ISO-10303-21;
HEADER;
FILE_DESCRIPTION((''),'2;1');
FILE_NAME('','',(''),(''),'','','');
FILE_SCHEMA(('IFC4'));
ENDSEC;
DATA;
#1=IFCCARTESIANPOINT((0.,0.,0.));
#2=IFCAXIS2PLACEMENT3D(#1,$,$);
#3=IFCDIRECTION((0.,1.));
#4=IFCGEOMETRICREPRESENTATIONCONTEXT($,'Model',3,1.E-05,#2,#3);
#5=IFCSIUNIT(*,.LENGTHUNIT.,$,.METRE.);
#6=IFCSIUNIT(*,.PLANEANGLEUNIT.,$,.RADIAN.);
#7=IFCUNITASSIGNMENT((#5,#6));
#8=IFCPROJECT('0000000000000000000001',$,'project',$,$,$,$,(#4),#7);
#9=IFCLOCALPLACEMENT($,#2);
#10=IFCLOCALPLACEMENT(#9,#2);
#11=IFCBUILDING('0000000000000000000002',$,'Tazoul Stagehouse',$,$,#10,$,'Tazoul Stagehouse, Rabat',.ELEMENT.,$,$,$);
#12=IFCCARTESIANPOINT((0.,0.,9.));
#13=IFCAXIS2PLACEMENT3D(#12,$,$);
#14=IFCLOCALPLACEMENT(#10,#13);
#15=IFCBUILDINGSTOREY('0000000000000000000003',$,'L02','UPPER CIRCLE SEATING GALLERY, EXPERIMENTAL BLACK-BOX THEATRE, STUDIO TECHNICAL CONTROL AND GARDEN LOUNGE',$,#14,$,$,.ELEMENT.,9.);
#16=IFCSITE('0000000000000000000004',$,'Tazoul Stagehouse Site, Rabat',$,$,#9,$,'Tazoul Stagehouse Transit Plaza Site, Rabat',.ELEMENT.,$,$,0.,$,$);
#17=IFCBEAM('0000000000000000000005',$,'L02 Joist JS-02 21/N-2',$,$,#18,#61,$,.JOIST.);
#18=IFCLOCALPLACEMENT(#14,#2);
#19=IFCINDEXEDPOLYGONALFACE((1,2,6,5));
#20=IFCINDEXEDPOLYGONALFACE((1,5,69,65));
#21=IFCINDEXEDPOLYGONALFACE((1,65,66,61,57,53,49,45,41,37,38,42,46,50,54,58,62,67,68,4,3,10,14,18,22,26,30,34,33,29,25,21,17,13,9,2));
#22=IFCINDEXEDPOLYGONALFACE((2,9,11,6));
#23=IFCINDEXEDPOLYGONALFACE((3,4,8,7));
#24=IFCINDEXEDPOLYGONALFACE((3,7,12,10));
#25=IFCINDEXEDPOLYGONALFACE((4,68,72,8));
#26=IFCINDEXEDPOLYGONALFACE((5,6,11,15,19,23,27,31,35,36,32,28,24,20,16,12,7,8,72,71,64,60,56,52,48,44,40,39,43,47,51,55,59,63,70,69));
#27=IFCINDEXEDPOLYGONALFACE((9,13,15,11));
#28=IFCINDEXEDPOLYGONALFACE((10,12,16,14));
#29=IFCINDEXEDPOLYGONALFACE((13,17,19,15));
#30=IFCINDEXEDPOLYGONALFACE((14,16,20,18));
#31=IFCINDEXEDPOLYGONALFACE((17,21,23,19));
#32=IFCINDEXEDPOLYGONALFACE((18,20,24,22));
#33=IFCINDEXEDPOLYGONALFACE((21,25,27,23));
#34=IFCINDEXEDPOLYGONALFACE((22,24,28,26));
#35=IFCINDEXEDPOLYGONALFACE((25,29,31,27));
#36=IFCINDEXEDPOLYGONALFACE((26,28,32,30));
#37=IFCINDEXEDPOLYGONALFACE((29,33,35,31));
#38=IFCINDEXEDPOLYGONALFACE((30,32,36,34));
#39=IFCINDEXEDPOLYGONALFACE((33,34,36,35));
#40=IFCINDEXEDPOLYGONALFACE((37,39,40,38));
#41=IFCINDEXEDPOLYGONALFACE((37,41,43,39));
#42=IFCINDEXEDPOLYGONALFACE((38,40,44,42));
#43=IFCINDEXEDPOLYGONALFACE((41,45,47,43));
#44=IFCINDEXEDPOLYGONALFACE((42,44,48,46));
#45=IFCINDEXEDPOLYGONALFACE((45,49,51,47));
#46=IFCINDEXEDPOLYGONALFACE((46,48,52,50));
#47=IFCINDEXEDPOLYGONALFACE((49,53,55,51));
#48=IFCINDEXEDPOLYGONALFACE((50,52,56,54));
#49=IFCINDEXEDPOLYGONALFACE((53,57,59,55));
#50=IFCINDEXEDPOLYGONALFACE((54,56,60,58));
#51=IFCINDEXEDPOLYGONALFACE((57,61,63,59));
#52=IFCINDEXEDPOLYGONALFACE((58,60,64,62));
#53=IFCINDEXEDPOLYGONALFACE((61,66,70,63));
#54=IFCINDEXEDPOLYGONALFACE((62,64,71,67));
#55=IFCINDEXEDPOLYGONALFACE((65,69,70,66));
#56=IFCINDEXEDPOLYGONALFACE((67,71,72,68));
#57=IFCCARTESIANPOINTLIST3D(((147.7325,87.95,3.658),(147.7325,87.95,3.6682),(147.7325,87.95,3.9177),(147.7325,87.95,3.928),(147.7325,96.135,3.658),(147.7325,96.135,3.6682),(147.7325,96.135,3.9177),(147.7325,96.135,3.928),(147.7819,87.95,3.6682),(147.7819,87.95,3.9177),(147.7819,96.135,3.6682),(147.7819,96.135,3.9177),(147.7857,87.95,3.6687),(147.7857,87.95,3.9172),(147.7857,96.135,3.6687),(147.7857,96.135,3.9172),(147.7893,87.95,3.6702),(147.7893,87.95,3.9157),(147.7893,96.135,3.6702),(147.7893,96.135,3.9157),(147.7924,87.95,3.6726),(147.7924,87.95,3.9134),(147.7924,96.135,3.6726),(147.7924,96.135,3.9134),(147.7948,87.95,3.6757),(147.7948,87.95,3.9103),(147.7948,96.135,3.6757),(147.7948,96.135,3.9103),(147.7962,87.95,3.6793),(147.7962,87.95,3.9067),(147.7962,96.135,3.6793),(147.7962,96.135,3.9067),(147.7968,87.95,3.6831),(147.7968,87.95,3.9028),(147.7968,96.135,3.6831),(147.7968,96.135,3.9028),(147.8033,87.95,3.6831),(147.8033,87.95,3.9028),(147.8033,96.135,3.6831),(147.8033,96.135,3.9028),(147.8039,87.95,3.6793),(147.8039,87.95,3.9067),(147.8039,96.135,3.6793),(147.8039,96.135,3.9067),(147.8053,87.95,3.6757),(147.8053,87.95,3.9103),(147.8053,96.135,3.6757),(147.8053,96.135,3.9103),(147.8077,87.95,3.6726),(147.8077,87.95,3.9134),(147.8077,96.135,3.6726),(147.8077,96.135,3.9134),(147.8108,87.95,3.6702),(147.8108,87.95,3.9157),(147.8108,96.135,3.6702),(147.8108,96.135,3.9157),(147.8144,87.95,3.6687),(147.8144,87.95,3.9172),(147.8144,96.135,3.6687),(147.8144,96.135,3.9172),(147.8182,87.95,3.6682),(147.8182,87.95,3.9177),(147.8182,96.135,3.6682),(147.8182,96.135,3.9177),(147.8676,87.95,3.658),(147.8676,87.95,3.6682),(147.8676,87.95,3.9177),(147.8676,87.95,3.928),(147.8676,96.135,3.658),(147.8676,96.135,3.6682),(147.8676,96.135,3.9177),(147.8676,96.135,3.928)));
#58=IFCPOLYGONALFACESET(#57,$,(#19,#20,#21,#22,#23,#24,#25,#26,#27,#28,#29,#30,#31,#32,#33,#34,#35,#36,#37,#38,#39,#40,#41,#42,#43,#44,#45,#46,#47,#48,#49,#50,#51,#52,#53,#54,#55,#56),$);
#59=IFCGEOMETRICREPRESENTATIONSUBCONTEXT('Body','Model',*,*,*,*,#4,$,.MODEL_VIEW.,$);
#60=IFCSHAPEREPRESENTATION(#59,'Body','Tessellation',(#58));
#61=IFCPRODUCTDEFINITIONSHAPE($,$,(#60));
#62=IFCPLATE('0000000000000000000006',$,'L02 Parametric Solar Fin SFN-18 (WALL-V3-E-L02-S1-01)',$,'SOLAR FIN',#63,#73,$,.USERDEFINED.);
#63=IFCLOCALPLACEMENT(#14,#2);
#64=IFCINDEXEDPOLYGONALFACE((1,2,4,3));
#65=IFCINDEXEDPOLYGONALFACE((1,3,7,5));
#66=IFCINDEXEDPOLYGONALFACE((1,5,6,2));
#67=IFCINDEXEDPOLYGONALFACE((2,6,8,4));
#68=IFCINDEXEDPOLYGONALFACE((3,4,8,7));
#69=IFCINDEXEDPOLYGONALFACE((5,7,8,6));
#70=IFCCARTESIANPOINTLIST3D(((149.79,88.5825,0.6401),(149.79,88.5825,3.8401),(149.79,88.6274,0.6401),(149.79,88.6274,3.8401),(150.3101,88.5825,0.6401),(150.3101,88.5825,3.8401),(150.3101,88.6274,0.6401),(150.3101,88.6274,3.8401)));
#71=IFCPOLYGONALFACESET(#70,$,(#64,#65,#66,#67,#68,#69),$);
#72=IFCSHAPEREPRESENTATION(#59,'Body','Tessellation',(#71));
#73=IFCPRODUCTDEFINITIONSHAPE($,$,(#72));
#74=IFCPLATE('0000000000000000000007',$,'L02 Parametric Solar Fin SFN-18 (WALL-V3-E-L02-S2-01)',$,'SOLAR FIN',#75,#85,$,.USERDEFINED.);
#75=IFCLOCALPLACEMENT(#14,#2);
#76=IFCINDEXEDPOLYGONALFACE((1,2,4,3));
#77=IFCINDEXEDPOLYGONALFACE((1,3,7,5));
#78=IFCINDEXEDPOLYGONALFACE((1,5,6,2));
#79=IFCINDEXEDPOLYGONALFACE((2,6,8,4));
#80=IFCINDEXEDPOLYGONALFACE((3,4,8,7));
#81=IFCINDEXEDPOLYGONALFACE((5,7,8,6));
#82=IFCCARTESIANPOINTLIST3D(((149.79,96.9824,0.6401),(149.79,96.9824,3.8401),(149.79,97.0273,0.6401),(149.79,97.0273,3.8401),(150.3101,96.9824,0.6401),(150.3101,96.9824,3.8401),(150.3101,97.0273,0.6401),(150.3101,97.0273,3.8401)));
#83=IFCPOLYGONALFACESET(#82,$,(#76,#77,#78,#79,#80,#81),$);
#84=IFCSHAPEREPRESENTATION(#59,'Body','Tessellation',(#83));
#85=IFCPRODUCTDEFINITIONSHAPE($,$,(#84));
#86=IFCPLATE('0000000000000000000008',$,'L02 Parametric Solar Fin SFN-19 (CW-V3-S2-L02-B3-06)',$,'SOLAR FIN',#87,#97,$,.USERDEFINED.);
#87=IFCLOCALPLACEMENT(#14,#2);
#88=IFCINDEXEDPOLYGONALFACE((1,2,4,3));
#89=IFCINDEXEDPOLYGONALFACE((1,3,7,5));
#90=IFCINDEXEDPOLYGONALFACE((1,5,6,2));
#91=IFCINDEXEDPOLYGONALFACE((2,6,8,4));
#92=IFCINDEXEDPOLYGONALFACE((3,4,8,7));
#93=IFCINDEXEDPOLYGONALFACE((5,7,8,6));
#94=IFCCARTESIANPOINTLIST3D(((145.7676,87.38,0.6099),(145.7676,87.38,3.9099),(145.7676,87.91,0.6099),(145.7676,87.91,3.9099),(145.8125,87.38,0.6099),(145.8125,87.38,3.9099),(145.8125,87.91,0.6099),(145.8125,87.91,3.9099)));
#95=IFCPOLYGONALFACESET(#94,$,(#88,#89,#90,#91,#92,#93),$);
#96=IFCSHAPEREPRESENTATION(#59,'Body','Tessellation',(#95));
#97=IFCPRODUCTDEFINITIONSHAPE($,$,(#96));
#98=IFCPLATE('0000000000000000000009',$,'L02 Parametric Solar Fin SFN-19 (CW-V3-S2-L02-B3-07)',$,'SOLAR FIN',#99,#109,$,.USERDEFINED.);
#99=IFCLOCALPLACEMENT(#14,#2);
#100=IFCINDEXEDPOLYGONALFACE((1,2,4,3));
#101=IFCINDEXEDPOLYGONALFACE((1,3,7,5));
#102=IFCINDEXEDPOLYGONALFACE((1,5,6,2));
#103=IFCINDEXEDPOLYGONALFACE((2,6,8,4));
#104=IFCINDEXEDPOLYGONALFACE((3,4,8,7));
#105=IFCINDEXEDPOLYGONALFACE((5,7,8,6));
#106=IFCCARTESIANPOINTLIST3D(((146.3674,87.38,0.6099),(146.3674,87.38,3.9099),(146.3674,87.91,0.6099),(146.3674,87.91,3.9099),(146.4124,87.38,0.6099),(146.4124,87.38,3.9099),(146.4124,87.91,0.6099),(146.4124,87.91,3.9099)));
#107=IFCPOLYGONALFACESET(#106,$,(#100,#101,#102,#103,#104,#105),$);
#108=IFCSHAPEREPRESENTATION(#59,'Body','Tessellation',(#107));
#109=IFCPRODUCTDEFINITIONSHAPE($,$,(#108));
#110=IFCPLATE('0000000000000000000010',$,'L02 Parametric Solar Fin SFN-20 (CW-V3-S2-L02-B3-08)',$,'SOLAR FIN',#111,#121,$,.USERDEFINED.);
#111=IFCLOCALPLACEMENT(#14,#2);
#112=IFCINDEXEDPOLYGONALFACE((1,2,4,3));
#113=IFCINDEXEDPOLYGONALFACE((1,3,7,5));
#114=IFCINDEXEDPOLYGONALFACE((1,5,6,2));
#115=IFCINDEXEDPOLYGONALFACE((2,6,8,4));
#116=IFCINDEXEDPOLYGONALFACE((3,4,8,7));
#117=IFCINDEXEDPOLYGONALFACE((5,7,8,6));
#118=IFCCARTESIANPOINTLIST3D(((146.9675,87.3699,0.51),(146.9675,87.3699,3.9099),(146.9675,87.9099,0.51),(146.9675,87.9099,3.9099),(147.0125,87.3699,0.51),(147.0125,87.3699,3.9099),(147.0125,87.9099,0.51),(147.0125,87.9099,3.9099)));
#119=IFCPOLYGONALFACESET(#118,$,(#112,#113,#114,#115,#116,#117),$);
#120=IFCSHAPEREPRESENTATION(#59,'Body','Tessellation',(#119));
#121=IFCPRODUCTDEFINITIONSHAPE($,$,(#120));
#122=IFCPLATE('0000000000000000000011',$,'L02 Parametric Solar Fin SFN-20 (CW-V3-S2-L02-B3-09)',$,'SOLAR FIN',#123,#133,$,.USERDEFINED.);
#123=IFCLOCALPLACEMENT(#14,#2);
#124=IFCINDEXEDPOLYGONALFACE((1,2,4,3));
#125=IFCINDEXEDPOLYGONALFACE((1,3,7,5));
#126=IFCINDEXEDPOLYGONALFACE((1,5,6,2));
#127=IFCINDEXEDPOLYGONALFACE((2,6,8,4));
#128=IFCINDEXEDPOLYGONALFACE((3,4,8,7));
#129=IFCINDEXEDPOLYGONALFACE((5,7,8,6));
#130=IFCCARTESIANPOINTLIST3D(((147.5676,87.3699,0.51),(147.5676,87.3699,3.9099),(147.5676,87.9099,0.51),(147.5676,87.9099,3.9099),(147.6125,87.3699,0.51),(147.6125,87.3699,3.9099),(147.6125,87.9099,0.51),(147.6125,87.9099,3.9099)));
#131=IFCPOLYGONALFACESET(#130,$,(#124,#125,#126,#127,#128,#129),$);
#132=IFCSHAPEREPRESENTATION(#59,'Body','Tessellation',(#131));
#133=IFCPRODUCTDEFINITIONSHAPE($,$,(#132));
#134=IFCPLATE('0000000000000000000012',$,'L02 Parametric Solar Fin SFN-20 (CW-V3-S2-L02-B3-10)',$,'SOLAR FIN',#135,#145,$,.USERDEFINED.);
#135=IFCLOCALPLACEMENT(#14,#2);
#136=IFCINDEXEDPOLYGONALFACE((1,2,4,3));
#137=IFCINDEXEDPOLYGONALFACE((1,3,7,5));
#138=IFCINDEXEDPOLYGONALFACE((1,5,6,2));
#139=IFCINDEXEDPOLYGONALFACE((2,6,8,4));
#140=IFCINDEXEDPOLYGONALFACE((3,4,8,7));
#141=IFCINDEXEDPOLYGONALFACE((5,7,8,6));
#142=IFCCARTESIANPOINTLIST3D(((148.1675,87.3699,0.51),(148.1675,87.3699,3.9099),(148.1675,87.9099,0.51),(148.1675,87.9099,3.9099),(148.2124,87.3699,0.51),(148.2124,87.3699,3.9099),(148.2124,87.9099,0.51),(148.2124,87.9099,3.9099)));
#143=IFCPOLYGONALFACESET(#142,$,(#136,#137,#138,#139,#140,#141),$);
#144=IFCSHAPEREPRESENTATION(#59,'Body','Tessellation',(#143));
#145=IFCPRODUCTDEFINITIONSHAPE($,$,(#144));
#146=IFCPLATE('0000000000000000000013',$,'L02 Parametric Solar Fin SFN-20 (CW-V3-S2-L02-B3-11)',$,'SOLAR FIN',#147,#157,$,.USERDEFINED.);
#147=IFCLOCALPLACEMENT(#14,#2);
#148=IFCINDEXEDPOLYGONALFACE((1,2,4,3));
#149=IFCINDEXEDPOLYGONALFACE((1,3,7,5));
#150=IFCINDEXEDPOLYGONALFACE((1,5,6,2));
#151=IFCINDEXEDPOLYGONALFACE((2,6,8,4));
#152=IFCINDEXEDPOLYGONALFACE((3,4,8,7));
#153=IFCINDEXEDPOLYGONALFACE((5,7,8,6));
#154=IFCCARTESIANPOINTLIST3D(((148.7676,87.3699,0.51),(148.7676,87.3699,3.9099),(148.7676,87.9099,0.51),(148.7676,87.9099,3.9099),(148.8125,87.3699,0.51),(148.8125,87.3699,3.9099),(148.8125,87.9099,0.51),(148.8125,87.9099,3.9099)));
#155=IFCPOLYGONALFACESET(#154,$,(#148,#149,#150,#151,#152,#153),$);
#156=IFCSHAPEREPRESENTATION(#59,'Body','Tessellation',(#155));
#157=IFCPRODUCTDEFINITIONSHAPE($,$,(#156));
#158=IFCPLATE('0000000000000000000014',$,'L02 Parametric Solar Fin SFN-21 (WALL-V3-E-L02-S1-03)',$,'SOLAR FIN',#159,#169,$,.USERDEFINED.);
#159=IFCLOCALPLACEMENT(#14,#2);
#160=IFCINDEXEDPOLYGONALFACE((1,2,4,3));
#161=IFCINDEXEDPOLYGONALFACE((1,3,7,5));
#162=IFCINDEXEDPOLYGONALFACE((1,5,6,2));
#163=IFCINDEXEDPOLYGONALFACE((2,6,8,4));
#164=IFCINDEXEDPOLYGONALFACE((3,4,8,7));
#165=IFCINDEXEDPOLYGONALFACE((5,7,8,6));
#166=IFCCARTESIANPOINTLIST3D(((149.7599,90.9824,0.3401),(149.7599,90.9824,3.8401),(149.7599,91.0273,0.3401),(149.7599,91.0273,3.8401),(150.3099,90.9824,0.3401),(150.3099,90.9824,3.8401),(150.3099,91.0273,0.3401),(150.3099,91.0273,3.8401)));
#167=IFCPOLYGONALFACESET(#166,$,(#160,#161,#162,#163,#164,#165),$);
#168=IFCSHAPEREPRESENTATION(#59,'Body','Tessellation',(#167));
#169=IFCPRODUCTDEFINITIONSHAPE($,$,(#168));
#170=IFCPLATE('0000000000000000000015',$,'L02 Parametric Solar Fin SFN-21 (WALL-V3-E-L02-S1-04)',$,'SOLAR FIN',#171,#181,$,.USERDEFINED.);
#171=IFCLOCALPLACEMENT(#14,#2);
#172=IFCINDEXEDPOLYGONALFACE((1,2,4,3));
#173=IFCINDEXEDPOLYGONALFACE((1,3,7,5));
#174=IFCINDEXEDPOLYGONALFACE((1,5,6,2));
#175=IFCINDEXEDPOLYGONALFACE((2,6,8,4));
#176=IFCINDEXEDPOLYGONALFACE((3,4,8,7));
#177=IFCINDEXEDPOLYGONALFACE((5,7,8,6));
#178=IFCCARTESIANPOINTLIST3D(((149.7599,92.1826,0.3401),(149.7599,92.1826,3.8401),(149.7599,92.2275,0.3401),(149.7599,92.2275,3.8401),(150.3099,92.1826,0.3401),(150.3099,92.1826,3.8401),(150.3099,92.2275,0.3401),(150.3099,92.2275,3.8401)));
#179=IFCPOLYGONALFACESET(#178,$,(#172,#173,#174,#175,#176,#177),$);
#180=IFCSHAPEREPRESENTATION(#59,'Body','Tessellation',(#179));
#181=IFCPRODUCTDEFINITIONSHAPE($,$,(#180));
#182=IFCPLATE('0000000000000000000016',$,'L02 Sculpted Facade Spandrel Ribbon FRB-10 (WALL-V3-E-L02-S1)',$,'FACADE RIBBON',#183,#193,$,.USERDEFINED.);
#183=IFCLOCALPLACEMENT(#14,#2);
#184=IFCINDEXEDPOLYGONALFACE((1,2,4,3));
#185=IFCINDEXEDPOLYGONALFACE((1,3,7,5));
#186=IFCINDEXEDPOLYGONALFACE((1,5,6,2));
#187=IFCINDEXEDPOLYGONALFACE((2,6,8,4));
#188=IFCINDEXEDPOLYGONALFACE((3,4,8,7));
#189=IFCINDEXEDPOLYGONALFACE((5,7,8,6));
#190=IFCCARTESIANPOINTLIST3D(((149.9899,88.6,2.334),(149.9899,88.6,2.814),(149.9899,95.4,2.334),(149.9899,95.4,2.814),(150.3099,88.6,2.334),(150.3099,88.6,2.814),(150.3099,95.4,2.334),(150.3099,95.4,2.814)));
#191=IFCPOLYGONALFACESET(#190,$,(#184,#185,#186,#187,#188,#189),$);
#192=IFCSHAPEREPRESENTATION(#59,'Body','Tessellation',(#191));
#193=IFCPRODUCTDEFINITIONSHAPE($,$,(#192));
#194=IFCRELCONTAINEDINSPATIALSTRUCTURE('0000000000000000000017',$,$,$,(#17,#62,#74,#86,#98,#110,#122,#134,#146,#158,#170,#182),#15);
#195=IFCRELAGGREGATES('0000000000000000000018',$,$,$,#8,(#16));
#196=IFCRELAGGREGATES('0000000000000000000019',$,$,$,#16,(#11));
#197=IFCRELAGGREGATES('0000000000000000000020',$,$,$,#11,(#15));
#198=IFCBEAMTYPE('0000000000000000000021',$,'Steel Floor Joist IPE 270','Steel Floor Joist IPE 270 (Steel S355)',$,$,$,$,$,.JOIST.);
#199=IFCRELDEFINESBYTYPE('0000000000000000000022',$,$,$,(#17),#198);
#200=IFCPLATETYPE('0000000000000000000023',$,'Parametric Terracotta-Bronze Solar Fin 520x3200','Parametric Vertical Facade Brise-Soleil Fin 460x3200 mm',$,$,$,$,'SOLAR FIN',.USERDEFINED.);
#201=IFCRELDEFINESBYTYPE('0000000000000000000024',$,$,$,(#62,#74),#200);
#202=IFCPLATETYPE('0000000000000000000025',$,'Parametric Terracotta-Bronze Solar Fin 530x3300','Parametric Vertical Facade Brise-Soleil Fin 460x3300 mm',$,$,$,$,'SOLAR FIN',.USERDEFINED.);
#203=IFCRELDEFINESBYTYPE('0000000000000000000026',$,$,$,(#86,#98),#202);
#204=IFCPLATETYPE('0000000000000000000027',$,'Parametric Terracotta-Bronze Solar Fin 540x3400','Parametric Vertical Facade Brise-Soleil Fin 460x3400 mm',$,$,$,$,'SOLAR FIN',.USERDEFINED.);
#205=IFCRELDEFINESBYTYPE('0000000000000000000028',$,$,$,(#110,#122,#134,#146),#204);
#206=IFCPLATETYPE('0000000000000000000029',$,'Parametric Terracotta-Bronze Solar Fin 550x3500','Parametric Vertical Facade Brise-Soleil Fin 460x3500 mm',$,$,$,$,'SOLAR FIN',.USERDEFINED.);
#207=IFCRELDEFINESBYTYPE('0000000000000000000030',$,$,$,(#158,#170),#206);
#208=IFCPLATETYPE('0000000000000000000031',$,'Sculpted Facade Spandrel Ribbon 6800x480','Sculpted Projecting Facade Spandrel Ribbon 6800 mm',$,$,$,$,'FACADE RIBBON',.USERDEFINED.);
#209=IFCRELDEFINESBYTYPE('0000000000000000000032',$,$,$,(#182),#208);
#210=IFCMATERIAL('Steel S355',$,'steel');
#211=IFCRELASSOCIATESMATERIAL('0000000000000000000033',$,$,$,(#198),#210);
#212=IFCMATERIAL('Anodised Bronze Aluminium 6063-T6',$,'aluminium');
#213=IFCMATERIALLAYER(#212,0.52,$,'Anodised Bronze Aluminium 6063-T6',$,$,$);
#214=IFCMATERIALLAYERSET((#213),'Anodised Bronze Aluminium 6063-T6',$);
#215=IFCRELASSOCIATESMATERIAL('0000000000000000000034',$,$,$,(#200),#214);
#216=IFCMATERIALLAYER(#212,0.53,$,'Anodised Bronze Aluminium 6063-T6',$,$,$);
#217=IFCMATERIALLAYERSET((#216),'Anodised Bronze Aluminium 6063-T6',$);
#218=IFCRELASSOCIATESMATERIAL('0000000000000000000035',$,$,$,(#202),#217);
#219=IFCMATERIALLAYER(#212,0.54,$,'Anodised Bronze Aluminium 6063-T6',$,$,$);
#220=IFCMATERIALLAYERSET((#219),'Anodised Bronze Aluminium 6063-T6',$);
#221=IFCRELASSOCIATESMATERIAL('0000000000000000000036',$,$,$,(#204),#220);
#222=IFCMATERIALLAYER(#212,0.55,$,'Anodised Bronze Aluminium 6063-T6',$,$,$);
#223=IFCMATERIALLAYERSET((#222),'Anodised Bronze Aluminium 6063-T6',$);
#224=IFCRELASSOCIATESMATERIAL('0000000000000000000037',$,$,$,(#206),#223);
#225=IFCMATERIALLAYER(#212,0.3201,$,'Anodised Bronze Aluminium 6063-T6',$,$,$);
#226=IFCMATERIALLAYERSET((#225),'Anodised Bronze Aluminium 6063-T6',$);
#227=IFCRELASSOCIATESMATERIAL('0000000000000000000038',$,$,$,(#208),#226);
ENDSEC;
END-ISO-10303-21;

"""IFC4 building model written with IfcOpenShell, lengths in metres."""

from ifc_helpers import new_model, si_unit, direction, frame, origin, origin_2d, place, context, subcontext, project, spatial, rectangle, i_section, extrude, material, layer, layer_set, material_profile, profile_set, type_object, element, save


model = new_model("IFC4")

# Units and contexts
model_context = context("Model", 3, precision=1e-05, world=origin(), true_north=direction((0.0, 1.0)))
body_context = subcontext(model_context, "Body", "Model", "MODEL_VIEW")
ifc_project = project(units=[si_unit("LENGTHUNIT", "METRE"), si_unit("PLANEANGLEUNIT", "RADIAN")], contexts=[model_context])

# Site, building, storey
site_placement = place(None, origin())
site = spatial("IfcSite", under=ifc_project, at=site_placement, Name="Tazoul Stagehouse Site, Rabat", LongName="Tazoul Stagehouse Transit Plaza Site, Rabat", CompositionType="ELEMENT", RefElevation=0.0)
building_placement = place(site_placement, origin())
building = spatial("IfcBuilding", under=site, at=building_placement, Name="Tazoul Stagehouse", LongName="Tazoul Stagehouse, Rabat", CompositionType="ELEMENT")
storey_placement = place(building_placement, frame((0.0, 0.0, 9.0)))
storey = spatial("IfcBuildingStorey", under=building, at=storey_placement, Name="L02", Description="UPPER CIRCLE SEATING GALLERY, EXPERIMENTAL BLACK-BOX THEATRE, STUDIO TECHNICAL CONTROL AND GARDEN LOUNGE", CompositionType="ELEMENT", Elevation=9.0)

# Beam
ifc_material_1 = material(Name="Steel S355", Category="steel")
ifc_material_profile_1 = material_profile(ifc_material_1, i_section(OverallWidth=0.135, OverallDepth=0.27, WebThickness=0.0066, FlangeThickness=0.0103, FilletRadius=0.0149, at=origin_2d()), Name="IPE 270")
ifc_profile_set_1 = profile_set([ifc_material_profile_1], Name="Steel S355")
beam_type_1 = type_object("IfcBeamType", Name="Steel Floor Joist IPE 270", Description="Steel Floor Joist IPE 270 (Steel S355)", PredefinedType="JOIST", material=ifc_profile_set_1)
beam_1_placement = place(storey_placement, frame((147.8, 87.95, 3.793), z_axis=(0.0, 1.0, 0.0), x_axis=(-1.0, 0.0, 0.0)))
element("IfcBeam", 1, at=beam_1_placement, inside=storey, type_object=beam_type_1, Name="L02 Joist JS-02 21/N-2", PredefinedType="JOIST", context=body_context, shape_type="SweptSolid", body=[
    extrude(i_section(OverallWidth=0.135, OverallDepth=0.27, WebThickness=0.0066, FlangeThickness=0.0103, FilletRadius=0.0149, at=origin_2d()), origin(), (0.0, 0.0, 1.0), 8.1851),
])

# Plates
ifc_material_2 = material(Name="Anodised Bronze Aluminium 6063-T6", Category="aluminium")
ifc_layer_1 = layer(ifc_material_2, 0.52, Name="Anodised Bronze Aluminium 6063-T6")
ifc_layer_set_1 = layer_set([ifc_layer_1], Name="Anodised Bronze Aluminium 6063-T6")
plate_type_1 = type_object("IfcPlateType", Name="Parametric Terracotta-Bronze Solar Fin 520x3200", Description="Parametric Vertical Facade Brise-Soleil Fin 460x3200 mm", ElementType="SOLAR FIN", PredefinedType="USERDEFINED", material=ifc_layer_set_1)
for number, where, z_axis, x_axis, name in (
    (2, (150.05, 88.605, 0.6401), (0.0, 0.0, 1.0), (0.0, 1.0, 0.0), "L02 Parametric Solar Fin SFN-18 (WALL-V3-E-L02-S1-01)"),
    (3, (150.05, 97.0049, 0.6401), (0.0, 0.0, 1.0), (0.0, 1.0, 0.0), "L02 Parametric Solar Fin SFN-18 (WALL-V3-E-L02-S2-01)"),
):
    element("IfcPlate", number, at=place(storey_placement, frame(where, z_axis=z_axis, x_axis=x_axis)), inside=storey, type_object=plate_type_1, Name=name, ObjectType="SOLAR FIN", PredefinedType="USERDEFINED", context=body_context, shape_type="SweptSolid", body=[
        extrude(rectangle(XDim=0.0449, YDim=0.52, at=origin_2d()), origin(), (0.0, 0.0, 1.0), 3.2),
    ])
ifc_layer_2 = layer(ifc_material_2, 0.53, Name="Anodised Bronze Aluminium 6063-T6")
ifc_layer_set_2 = layer_set([ifc_layer_2], Name="Anodised Bronze Aluminium 6063-T6")
plate_type_2 = type_object("IfcPlateType", Name="Parametric Terracotta-Bronze Solar Fin 530x3300", Description="Parametric Vertical Facade Brise-Soleil Fin 460x3300 mm", ElementType="SOLAR FIN", PredefinedType="USERDEFINED", material=ifc_layer_set_2)
for number, where, z_axis, x_axis, name in (
    (4, (145.79, 87.645, 0.6099), (0.0, 0.0, 1.0), (1.0, 0.0, 0.0), "L02 Parametric Solar Fin SFN-19 (CW-V3-S2-L02-B3-06)"),
    (5, (146.3899, 87.645, 0.6099), (0.0, 0.0, 1.0), (1.0, 0.0, 0.0), "L02 Parametric Solar Fin SFN-19 (CW-V3-S2-L02-B3-07)"),
):
    element("IfcPlate", number, at=place(storey_placement, frame(where, z_axis=z_axis, x_axis=x_axis)), inside=storey, type_object=plate_type_2, Name=name, ObjectType="SOLAR FIN", PredefinedType="USERDEFINED", context=body_context, shape_type="SweptSolid", body=[
        extrude(rectangle(XDim=0.0449, YDim=0.53, at=origin_2d()), origin(), (0.0, 0.0, 1.0), 3.3),
    ])
ifc_layer_3 = layer(ifc_material_2, 0.54, Name="Anodised Bronze Aluminium 6063-T6")
ifc_layer_set_3 = layer_set([ifc_layer_3], Name="Anodised Bronze Aluminium 6063-T6")
plate_type_3 = type_object("IfcPlateType", Name="Parametric Terracotta-Bronze Solar Fin 540x3400", Description="Parametric Vertical Facade Brise-Soleil Fin 460x3400 mm", ElementType="SOLAR FIN", PredefinedType="USERDEFINED", material=ifc_layer_set_3)
for number, where, z_axis, x_axis, name in (
    (6, (146.99, 87.6399, 0.51), (0.0, 0.0, 1.0), (1.0, 0.0, 0.0), "L02 Parametric Solar Fin SFN-20 (CW-V3-S2-L02-B3-08)"),
    (7, (147.5901, 87.6399, 0.51), (0.0, 0.0, 1.0), (1.0, 0.0, 0.0), "L02 Parametric Solar Fin SFN-20 (CW-V3-S2-L02-B3-09)"),
    (8, (148.1899, 87.6399, 0.51), (0.0, 0.0, 1.0), (1.0, 0.0, 0.0), "L02 Parametric Solar Fin SFN-20 (CW-V3-S2-L02-B3-10)"),
    (9, (148.79, 87.6399, 0.51), (0.0, 0.0, 1.0), (1.0, 0.0, 0.0), "L02 Parametric Solar Fin SFN-20 (CW-V3-S2-L02-B3-11)"),
):
    element("IfcPlate", number, at=place(storey_placement, frame(where, z_axis=z_axis, x_axis=x_axis)), inside=storey, type_object=plate_type_3, Name=name, ObjectType="SOLAR FIN", PredefinedType="USERDEFINED", context=body_context, shape_type="SweptSolid", body=[
        extrude(rectangle(XDim=0.0449, YDim=0.54, at=origin_2d()), origin(), (0.0, 0.0, 1.0), 3.3999),
    ])
ifc_layer_4 = layer(ifc_material_2, 0.55, Name="Anodised Bronze Aluminium 6063-T6")
ifc_layer_set_4 = layer_set([ifc_layer_4], Name="Anodised Bronze Aluminium 6063-T6")
plate_type_4 = type_object("IfcPlateType", Name="Parametric Terracotta-Bronze Solar Fin 550x3500", Description="Parametric Vertical Facade Brise-Soleil Fin 460x3500 mm", ElementType="SOLAR FIN", PredefinedType="USERDEFINED", material=ifc_layer_set_4)
for number, where, z_axis, x_axis, name in (
    (10, (150.0349, 91.0049, 0.3401), (0.0, 0.0, 1.0), (0.0, 1.0, 0.0), "L02 Parametric Solar Fin SFN-21 (WALL-V3-E-L02-S1-03)"),
    (11, (150.0349, 92.2051, 0.3401), (0.0, 0.0, 1.0), (0.0, 1.0, 0.0), "L02 Parametric Solar Fin SFN-21 (WALL-V3-E-L02-S1-04)"),
):
    element("IfcPlate", number, at=place(storey_placement, frame(where, z_axis=z_axis, x_axis=x_axis)), inside=storey, type_object=plate_type_4, Name=name, ObjectType="SOLAR FIN", PredefinedType="USERDEFINED", context=body_context, shape_type="SweptSolid", body=[
        extrude(rectangle(XDim=0.0449, YDim=0.55, at=origin_2d()), origin(), (0.0, 0.0, 1.0), 3.5),
    ])
ifc_layer_5 = layer(ifc_material_2, 0.3201, Name="Anodised Bronze Aluminium 6063-T6")
ifc_layer_set_5 = layer_set([ifc_layer_5], Name="Anodised Bronze Aluminium 6063-T6")
plate_type_5 = type_object("IfcPlateType", Name="Sculpted Facade Spandrel Ribbon 6800x480", Description="Sculpted Projecting Facade Spandrel Ribbon 6800 mm", ElementType="FACADE RIBBON", PredefinedType="USERDEFINED", material=ifc_layer_set_5)
plate_placement = place(storey_placement, frame((150.1499, 92.0, 2.334), z_axis=(0.0, 0.0, 1.0), x_axis=(0.0, 1.0, 0.0)))
element("IfcPlate", 12, at=plate_placement, inside=storey, type_object=plate_type_5, Name="L02 Sculpted Facade Spandrel Ribbon FRB-10 (WALL-V3-E-L02-S1)", ObjectType="FACADE RIBBON", PredefinedType="USERDEFINED", context=body_context, shape_type="SweptSolid", body=[
    extrude(rectangle(XDim=6.8, YDim=0.3201, at=origin_2d()), origin(), (0.0, 0.0, 1.0), 0.48),
])

save(model, "model.ifc")
